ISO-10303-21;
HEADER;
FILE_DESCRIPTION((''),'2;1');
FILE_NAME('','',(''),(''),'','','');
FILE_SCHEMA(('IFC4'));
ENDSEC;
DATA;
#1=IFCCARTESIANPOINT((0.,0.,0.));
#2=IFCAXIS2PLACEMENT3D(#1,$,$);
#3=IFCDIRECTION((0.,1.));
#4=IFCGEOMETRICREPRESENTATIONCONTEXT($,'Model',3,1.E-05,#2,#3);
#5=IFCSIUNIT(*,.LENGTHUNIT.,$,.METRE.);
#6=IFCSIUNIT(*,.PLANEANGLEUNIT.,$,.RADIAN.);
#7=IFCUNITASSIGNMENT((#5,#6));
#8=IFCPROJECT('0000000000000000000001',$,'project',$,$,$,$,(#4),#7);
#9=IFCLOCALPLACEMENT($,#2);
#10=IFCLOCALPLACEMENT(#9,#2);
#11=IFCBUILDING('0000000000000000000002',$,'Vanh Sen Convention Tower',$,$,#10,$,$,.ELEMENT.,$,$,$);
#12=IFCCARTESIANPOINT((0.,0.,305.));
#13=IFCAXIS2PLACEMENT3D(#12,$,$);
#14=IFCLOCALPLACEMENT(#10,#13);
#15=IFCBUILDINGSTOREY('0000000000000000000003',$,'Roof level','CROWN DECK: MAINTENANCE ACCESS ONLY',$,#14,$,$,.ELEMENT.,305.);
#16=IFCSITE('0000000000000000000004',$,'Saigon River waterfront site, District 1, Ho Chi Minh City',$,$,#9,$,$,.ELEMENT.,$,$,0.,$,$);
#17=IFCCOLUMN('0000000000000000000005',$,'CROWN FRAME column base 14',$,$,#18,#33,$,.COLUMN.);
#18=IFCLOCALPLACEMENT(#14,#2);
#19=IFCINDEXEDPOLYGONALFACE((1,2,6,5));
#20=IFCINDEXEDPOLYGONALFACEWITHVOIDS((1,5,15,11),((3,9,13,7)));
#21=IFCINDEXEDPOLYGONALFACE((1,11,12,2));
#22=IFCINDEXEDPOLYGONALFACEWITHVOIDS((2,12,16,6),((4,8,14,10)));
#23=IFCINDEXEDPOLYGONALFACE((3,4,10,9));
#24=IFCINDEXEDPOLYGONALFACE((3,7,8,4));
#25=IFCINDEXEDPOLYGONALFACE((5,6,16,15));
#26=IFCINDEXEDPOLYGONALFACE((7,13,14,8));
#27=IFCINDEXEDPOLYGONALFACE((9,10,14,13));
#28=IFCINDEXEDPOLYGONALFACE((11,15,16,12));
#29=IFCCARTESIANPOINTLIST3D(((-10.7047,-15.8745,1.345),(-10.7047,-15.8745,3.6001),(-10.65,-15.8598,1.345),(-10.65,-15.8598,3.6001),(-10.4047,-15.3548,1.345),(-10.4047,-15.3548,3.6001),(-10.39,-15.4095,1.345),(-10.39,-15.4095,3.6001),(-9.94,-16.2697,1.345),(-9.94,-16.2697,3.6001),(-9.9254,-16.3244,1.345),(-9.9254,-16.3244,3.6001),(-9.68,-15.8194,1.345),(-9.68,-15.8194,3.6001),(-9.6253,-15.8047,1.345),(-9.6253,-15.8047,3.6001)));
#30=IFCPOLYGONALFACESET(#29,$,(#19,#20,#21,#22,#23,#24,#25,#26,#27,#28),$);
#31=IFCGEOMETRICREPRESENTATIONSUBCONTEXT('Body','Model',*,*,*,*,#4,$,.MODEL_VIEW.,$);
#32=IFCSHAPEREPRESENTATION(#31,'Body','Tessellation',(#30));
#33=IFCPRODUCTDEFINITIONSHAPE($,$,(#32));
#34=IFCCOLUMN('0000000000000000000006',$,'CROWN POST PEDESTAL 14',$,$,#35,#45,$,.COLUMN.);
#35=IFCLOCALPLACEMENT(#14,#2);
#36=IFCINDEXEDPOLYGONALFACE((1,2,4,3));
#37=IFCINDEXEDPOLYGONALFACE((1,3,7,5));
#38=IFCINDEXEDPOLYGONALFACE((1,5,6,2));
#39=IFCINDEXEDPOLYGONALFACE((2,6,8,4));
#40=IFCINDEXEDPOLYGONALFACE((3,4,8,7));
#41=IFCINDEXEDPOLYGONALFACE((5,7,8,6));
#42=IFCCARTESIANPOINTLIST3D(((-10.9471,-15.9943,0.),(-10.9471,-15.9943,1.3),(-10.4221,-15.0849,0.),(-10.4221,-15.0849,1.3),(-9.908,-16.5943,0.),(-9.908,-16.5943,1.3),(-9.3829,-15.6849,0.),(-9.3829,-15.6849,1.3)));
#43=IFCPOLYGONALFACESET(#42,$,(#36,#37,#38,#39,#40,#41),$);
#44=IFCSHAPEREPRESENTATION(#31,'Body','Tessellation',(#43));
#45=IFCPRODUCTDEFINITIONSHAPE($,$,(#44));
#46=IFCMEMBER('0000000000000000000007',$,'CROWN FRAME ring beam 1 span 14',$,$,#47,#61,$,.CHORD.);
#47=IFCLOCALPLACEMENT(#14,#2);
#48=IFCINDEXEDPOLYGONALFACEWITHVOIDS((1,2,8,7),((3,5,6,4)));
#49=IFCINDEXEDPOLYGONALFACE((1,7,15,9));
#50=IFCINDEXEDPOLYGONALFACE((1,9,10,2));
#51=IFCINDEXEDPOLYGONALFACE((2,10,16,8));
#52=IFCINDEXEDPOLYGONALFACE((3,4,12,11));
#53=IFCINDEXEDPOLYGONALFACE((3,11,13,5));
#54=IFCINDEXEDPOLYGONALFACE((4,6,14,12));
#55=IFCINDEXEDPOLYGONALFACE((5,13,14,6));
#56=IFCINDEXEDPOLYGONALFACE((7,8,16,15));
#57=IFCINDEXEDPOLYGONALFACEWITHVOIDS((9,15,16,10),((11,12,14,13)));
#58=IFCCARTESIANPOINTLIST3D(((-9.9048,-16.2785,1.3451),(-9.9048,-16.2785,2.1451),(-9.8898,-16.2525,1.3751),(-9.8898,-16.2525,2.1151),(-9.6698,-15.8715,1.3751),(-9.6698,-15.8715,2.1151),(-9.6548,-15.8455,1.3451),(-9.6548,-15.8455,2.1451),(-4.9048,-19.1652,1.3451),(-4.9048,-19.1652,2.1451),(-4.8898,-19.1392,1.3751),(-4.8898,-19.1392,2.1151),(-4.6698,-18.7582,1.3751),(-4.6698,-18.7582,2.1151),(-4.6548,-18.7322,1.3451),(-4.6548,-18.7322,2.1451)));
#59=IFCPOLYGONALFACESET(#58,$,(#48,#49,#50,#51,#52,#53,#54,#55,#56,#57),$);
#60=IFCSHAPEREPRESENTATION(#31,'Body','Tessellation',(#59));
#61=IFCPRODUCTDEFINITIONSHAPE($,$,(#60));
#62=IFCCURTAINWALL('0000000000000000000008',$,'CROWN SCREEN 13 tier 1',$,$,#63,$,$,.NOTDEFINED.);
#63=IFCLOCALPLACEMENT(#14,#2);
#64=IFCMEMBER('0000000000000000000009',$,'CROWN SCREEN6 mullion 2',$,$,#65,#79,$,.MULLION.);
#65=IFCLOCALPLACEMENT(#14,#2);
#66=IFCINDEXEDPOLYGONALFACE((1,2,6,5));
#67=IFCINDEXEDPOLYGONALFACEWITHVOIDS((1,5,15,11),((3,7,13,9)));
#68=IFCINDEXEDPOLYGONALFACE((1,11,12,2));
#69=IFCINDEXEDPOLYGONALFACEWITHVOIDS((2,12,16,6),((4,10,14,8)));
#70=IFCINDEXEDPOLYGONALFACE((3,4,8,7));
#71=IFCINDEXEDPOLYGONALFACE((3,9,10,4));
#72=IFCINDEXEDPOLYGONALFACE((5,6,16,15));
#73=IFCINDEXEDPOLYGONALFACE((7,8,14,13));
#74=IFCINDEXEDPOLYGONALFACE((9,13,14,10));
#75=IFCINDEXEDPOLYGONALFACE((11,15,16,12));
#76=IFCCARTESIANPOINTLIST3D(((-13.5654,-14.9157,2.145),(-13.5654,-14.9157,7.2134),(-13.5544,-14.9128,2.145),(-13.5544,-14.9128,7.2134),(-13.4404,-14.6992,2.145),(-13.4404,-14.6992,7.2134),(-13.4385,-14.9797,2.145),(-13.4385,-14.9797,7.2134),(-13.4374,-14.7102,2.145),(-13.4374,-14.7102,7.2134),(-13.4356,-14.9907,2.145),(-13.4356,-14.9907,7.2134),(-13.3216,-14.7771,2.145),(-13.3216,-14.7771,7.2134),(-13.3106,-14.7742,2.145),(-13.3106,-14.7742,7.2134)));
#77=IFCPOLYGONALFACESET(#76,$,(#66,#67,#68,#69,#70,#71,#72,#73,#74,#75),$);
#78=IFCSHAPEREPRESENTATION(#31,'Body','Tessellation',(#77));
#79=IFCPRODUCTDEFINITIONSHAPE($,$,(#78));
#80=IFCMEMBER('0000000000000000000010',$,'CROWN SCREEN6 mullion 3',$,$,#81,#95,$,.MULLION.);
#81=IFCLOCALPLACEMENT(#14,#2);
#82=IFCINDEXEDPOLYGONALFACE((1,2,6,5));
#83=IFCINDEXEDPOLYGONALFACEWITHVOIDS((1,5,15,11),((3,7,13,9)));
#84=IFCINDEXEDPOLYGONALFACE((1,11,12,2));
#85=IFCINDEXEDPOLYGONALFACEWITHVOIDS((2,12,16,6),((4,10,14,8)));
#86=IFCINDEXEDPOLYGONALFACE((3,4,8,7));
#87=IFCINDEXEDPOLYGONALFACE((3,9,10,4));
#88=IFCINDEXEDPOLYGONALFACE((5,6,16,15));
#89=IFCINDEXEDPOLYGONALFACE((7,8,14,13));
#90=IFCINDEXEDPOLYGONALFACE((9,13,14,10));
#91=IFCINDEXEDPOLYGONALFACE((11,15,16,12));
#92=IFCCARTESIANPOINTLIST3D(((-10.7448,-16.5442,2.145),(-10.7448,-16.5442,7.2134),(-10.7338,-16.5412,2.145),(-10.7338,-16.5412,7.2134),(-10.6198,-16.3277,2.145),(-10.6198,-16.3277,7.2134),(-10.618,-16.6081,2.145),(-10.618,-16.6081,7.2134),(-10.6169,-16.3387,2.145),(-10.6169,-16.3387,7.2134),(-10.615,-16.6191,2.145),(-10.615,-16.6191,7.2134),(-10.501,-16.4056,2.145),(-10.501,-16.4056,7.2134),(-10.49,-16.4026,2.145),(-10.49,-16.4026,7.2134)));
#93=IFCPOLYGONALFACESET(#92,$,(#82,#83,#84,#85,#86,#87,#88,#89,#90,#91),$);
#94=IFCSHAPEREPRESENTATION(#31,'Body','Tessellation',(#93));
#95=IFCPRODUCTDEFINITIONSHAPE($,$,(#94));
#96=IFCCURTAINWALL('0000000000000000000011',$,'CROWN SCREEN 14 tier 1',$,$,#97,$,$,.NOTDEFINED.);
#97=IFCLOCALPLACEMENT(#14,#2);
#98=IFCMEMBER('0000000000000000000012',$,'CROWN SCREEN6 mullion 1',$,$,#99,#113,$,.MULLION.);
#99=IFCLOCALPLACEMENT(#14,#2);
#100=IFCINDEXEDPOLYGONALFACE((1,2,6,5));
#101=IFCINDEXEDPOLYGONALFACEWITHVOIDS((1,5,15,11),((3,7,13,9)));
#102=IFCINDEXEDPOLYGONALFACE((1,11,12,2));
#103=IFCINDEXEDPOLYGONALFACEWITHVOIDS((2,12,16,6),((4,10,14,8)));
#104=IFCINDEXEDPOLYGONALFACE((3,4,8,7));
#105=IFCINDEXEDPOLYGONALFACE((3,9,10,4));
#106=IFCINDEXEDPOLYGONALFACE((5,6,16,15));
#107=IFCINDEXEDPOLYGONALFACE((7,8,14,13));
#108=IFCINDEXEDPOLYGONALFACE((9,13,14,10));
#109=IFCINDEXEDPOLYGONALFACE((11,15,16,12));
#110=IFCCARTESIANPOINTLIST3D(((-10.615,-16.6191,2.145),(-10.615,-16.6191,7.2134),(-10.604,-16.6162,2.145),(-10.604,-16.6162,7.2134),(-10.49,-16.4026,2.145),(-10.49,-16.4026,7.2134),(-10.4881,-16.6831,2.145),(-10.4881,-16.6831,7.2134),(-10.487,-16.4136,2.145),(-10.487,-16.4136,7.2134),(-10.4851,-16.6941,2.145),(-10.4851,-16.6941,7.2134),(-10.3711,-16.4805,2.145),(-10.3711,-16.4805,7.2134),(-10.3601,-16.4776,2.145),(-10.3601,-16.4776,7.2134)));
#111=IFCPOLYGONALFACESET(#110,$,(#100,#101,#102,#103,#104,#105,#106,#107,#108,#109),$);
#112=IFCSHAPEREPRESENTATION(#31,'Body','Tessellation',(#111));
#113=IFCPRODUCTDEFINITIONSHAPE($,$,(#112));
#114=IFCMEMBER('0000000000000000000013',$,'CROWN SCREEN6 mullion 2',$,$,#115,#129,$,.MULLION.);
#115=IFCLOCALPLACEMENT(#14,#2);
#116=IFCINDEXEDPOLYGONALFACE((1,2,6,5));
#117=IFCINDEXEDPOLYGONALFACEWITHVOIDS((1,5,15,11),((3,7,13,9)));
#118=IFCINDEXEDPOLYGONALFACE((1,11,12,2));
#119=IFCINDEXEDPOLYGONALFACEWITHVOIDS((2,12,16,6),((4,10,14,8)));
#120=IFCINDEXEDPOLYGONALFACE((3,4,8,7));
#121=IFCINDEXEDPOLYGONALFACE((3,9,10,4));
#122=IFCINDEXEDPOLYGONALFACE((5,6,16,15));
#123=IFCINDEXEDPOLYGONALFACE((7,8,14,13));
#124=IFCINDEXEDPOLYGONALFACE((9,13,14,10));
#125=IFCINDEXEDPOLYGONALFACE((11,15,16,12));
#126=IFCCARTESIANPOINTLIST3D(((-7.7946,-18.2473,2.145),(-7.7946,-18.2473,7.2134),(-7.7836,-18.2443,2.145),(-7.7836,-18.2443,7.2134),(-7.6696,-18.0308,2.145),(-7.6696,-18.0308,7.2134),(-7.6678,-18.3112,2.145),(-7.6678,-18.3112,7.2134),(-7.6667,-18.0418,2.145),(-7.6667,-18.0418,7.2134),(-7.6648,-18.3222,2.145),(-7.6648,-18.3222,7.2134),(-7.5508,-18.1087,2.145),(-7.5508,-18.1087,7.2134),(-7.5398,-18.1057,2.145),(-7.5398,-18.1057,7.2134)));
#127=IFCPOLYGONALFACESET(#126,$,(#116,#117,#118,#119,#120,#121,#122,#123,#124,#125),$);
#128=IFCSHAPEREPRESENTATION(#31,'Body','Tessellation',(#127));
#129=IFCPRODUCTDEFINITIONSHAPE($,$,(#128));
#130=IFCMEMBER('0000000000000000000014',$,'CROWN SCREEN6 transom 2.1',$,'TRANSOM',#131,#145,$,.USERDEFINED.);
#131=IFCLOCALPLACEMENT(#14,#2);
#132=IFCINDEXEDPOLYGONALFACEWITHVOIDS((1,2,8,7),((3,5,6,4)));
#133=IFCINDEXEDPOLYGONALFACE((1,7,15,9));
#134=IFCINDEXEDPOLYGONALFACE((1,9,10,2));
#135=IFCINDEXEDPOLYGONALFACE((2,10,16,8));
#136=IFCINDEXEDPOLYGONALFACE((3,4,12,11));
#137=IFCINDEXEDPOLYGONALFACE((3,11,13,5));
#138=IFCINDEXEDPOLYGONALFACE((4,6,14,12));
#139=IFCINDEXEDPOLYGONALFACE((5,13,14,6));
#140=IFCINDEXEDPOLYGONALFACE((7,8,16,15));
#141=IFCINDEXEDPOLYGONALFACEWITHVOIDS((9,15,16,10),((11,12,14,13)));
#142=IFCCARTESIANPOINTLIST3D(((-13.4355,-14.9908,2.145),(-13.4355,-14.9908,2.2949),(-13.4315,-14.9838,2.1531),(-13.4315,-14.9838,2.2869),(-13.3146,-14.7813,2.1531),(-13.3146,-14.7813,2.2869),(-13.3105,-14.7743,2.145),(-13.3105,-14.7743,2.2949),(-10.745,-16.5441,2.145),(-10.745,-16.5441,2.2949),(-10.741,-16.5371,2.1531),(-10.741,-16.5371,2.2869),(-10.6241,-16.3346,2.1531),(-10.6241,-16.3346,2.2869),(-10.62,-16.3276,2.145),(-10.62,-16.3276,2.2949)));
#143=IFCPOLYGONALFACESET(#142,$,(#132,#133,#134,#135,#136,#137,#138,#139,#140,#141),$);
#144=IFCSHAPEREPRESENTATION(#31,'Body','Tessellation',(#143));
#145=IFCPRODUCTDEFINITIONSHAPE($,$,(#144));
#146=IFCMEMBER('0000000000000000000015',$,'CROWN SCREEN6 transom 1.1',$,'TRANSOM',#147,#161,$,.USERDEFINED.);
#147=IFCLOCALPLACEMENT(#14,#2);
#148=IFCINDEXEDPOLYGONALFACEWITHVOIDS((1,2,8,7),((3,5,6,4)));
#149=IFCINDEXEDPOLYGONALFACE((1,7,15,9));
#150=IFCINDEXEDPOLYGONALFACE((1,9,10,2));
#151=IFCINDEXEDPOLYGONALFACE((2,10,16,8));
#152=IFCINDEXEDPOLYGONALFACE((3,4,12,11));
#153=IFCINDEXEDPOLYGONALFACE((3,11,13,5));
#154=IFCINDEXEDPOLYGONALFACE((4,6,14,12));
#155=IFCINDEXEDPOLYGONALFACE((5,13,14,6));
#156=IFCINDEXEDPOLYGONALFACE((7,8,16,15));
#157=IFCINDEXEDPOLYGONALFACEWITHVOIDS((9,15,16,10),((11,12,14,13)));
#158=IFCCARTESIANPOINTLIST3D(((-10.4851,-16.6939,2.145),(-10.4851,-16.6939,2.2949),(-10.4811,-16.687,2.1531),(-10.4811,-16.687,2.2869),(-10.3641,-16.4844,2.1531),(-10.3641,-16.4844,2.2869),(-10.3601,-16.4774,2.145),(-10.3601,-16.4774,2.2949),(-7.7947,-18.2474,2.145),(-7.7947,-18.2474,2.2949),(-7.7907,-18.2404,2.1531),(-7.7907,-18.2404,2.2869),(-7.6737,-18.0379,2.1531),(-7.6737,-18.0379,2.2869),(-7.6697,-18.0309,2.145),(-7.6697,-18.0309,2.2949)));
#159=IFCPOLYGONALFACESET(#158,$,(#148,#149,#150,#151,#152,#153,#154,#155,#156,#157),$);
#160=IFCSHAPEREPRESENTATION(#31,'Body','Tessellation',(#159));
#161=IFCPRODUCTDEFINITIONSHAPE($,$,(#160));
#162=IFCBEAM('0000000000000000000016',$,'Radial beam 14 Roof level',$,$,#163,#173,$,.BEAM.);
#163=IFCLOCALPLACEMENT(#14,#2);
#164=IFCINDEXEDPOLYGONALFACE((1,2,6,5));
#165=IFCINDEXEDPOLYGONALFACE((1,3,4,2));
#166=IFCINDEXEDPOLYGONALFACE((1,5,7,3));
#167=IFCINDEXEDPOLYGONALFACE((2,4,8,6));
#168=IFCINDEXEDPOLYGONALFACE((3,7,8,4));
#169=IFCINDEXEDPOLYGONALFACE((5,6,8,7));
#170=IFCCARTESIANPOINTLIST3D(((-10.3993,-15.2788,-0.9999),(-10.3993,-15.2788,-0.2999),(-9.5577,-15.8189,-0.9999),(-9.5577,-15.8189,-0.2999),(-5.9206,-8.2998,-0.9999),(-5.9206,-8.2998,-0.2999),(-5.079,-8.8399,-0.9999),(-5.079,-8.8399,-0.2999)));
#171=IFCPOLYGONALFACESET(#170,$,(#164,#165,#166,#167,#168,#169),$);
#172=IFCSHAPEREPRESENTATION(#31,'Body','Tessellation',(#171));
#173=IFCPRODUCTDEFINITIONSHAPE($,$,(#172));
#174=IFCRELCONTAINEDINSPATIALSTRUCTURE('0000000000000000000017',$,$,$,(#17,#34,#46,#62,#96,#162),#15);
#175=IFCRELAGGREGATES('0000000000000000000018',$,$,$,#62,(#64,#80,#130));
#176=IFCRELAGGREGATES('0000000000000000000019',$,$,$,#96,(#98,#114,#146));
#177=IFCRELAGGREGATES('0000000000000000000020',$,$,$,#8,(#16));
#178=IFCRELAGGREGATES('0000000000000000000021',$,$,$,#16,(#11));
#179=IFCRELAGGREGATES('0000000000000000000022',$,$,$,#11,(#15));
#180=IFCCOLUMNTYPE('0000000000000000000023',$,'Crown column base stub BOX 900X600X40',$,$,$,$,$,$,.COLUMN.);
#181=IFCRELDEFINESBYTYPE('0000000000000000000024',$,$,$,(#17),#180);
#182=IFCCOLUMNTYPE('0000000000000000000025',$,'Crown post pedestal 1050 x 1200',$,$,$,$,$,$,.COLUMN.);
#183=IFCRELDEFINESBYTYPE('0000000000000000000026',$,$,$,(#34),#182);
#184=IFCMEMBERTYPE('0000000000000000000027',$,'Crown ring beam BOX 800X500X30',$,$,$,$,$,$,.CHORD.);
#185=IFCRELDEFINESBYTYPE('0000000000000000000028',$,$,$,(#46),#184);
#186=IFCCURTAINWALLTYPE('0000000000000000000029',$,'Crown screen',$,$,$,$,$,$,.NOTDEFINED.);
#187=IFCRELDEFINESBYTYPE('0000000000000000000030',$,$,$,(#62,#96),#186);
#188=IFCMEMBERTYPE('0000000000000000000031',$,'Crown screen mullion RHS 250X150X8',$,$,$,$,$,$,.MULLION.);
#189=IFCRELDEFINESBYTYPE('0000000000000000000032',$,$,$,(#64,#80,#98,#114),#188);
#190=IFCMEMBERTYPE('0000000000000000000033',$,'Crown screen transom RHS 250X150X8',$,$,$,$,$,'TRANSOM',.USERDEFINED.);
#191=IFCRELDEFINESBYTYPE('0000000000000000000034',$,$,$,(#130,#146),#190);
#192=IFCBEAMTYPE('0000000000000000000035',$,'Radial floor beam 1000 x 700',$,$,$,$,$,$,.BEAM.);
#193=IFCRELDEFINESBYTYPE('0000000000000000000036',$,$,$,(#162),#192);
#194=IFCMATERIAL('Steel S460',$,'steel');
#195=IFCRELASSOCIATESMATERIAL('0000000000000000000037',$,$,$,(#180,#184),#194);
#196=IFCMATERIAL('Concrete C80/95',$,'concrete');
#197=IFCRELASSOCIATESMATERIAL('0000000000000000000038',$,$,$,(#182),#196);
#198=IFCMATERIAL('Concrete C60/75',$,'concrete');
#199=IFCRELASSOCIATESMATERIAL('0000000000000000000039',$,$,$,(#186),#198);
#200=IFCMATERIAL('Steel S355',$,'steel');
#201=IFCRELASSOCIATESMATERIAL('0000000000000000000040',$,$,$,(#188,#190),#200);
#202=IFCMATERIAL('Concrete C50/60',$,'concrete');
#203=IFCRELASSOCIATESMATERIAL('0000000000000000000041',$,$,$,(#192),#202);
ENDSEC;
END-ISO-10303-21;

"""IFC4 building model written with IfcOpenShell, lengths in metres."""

from ifc_helpers import new_model, si_unit, direction, frame, origin, origin_2d, place, context, subcontext, project, spatial, rectangle, hollow_rectangle, extrude, material, material_profile, profile_set, type_object, element, aggregate, save


model = new_model("IFC4")

# Units and contexts
model_context = context("Model", 3, precision=1e-05, world=origin(), true_north=direction((0.0, 1.0)))
body_context = subcontext(model_context, "Body", "Model", "MODEL_VIEW")
ifc_project = project(units=[si_unit("LENGTHUNIT", "METRE"), si_unit("PLANEANGLEUNIT", "RADIAN")], contexts=[model_context])

# Site, building, storey
site_placement = place(None, origin())
site = spatial("IfcSite", under=ifc_project, at=site_placement, Name="Saigon River waterfront site, District 1, Ho Chi Minh City", CompositionType="ELEMENT", RefElevation=0.0)
building_placement = place(site_placement, origin())
building = spatial("IfcBuilding", under=site, at=building_placement, Name="Vanh Sen Convention Tower", CompositionType="ELEMENT")
storey_placement = place(building_placement, frame((0.0, 0.0, 305.0)))
storey = spatial("IfcBuildingStorey", under=building, at=storey_placement, Name="Roof level", Description="CROWN DECK: MAINTENANCE ACCESS ONLY", CompositionType="ELEMENT", Elevation=305.0)

# Columns
ifc_material_1 = material(Name="Steel S460", Category="steel")
ifc_material_profile_1 = material_profile(ifc_material_1, hollow_rectangle(XDim=0.6001, YDim=0.8999, WallThickness=0.04, at=origin_2d()), Name="BOX 900X600X40")
ifc_profile_set_1 = profile_set([ifc_material_profile_1], Name="Steel S460")
column_type_1 = type_object("IfcColumnType", Name="Crown column base stub BOX 900X600X40", PredefinedType="COLUMN", material=ifc_profile_set_1)
column_1_placement = place(storey_placement, frame((-10.165, -15.8396, 1.345), z_axis=(0.0, 0.0, 1.0), x_axis=(0.5, 0.866025, 0.0)))
element("IfcColumn", 1, at=column_1_placement, inside=storey, type_object=column_type_1, Name="CROWN FRAME column base 14", PredefinedType="COLUMN", context=body_context, shape_type="SweptSolid", body=[
    extrude(hollow_rectangle(XDim=0.6001, YDim=0.8999, WallThickness=0.04, at=origin_2d()), origin(), (0.0, 0.0, 1.0), 2.2551),
])
ifc_material_2 = material(Name="Concrete C80/95", Category="concrete")
ifc_material_profile_2 = material_profile(ifc_material_2, rectangle(XDim=1.05, YDim=1.2, at=origin_2d()), Name="RC 1050X1200")
ifc_profile_set_2 = profile_set([ifc_material_profile_2], Name="Concrete C80/95")
column_type_2 = type_object("IfcColumnType", Name="Crown post pedestal 1050 x 1200", PredefinedType="COLUMN", material=ifc_profile_set_2)
column_2_placement = place(storey_placement, frame((-10.165, -15.8396, 0.0), z_axis=(0.0, 0.0, 1.0), x_axis=(0.5, 0.866025, 0.0)))
element("IfcColumn", 2, at=column_2_placement, inside=storey, type_object=column_type_2, Name="CROWN POST PEDESTAL 14", PredefinedType="COLUMN", context=body_context, shape_type="SweptSolid", body=[
    extrude(rectangle(XDim=1.05, YDim=1.2, at=origin_2d()), origin(), (0.0, 0.0, 1.0), 1.3),
])

# Member
ifc_material_profile_3 = material_profile(ifc_material_1, hollow_rectangle(XDim=0.5, YDim=0.8, WallThickness=0.03, at=origin_2d()), Name="BOX 800X500X30")
ifc_profile_set_3 = profile_set([ifc_material_profile_3], Name="Steel S460")
member_type_1 = type_object("IfcMemberType", Name="Crown ring beam BOX 800X500X30", PredefinedType="CHORD", material=ifc_profile_set_3)
member_1_placement = place(storey_placement, frame((-9.7798, -16.062, 1.7451), z_axis=(0.866028, -0.499996, 0.0), x_axis=(0.499996, 0.866028, 0.0)))
element("IfcMember", 3, at=member_1_placement, inside=storey, type_object=member_type_1, Name="CROWN FRAME ring beam 1 span 14", PredefinedType="CHORD", context=body_context, shape_type="SweptSolid", body=[
    extrude(hollow_rectangle(XDim=0.5, YDim=0.8, WallThickness=0.03, at=origin_2d()), origin(), (0.0, 0.0, 1.0), 5.7734),
])

# Curtain walls, members
ifc_material_3 = material(Name="Concrete C60/75", Category="concrete")
curtain_wall_type = type_object("IfcCurtainWallType", Name="Crown screen", PredefinedType="NOTDEFINED", material=ifc_material_3)
curtain_wall_1_placement = place(storey_placement, origin())
curtain_wall_1 = element("IfcCurtainWall", 4, at=curtain_wall_1_placement, inside=storey, type_object=curtain_wall_type, Name="CROWN SCREEN 13 tier 1", PredefinedType="NOTDEFINED")
ifc_material_4 = material(Name="Steel S355", Category="steel")
ifc_material_profile_4 = material_profile(ifc_material_4, hollow_rectangle(XDim=0.25, YDim=0.1499, WallThickness=0.0081, at=origin_2d()), Name="RHS 250X150X8")
ifc_profile_set_4 = profile_set([ifc_material_profile_4], Name="Steel S355")
member_type_2 = type_object("IfcMemberType", Name="Crown screen mullion RHS 250X150X8", PredefinedType="MULLION", material=ifc_profile_set_4)
member_2_placement = place(storey_placement, frame((-13.438, -14.845, 2.145), z_axis=(0.0, 0.0, 1.0), x_axis=(0.500005, 0.866023, 0.0)))
member_2 = element("IfcMember", 5, at=member_2_placement, type_object=member_type_2, Name="CROWN SCREEN6 mullion 2", PredefinedType="MULLION", context=body_context, shape_type="SweptSolid", body=[
    extrude(hollow_rectangle(XDim=0.25, YDim=0.1499, WallThickness=0.0081, at=origin_2d()), origin(), (0.0, 0.0, 1.0), 5.0684),
])
member_3_placement = place(storey_placement, frame((-10.6174, -16.4734, 2.145), z_axis=(0.0, 0.0, 1.0), x_axis=(0.500005, 0.866023, 0.0)))
member_3 = element("IfcMember", 6, at=member_3_placement, type_object=member_type_2, Name="CROWN SCREEN6 mullion 3", PredefinedType="MULLION", context=body_context, shape_type="SweptSolid", body=[
    extrude(hollow_rectangle(XDim=0.25, YDim=0.1499, WallThickness=0.0081, at=origin_2d()), origin(), (0.0, 0.0, 1.0), 5.0684),
])
curtain_wall_2_placement = place(storey_placement, origin())
curtain_wall_2 = element("IfcCurtainWall", 7, at=curtain_wall_2_placement, inside=storey, type_object=curtain_wall_type, Name="CROWN SCREEN 14 tier 1", PredefinedType="NOTDEFINED")
member_4_placement = place(storey_placement, frame((-10.4875, -16.5483, 2.145), z_axis=(0.0, 0.0, 1.0), x_axis=(0.499994, 0.866029, 0.0)))
member_4 = element("IfcMember", 8, at=member_4_placement, type_object=member_type_2, Name="CROWN SCREEN6 mullion 1", PredefinedType="MULLION", context=body_context, shape_type="SweptSolid", body=[
    extrude(hollow_rectangle(XDim=0.25, YDim=0.1499, WallThickness=0.0081, at=origin_2d()), origin(), (0.0, 0.0, 1.0), 5.0684),
])
member_5_placement = place(storey_placement, frame((-7.6672, -18.1765, 2.145), z_axis=(0.0, 0.0, 1.0), x_axis=(0.499994, 0.866029, 0.0)))
member_5 = element("IfcMember", 9, at=member_5_placement, type_object=member_type_2, Name="CROWN SCREEN6 mullion 2", PredefinedType="MULLION", context=body_context, shape_type="SweptSolid", body=[
    extrude(hollow_rectangle(XDim=0.25, YDim=0.1499, WallThickness=0.0081, at=origin_2d()), origin(), (0.0, 0.0, 1.0), 5.0684),
])

# Members
ifc_material_profile_5 = material_profile(ifc_material_4, hollow_rectangle(XDim=0.25, YDim=0.1499, WallThickness=0.0081, at=origin_2d()), Name="RHS 250X150X8")
ifc_profile_set_5 = profile_set([ifc_material_profile_5], Name="Steel S355")
member_type_3 = type_object("IfcMemberType", Name="Crown screen transom RHS 250X150X8", ElementType="TRANSOM", PredefinedType="USERDEFINED", material=ifc_profile_set_5)
member_6_placement = place(storey_placement, frame((-13.373, -14.8826, 2.22), z_axis=(0.866039, -0.499976, 0.0), x_axis=(0.499976, 0.866039, 0.0)))
member_6 = element("IfcMember", 10, at=member_6_placement, type_object=member_type_3, Name="CROWN SCREEN6 transom 2.1", ObjectType="TRANSOM", PredefinedType="USERDEFINED", context=body_context, shape_type="SweptSolid", body=[
    extrude(hollow_rectangle(XDim=0.25, YDim=0.1499, WallThickness=0.0081, at=origin_2d()), origin(), (0.0, 0.0, 1.0), 3.1067),
])
aggregate(curtain_wall_1, [member_2, member_3, member_6])
member_7_placement = place(storey_placement, frame((-10.4226, -16.5857, 2.22), z_axis=(0.866005, -0.500035, 0.0), x_axis=(0.500035, 0.866005, 0.0)))
member_7 = element("IfcMember", 11, at=member_7_placement, type_object=member_type_3, Name="CROWN SCREEN6 transom 1.1", ObjectType="TRANSOM", PredefinedType="USERDEFINED", context=body_context, shape_type="SweptSolid", body=[
    extrude(hollow_rectangle(XDim=0.25, YDim=0.1499, WallThickness=0.0081, at=origin_2d()), origin(), (0.0, 0.0, 1.0), 3.1067),
])
aggregate(curtain_wall_2, [member_4, member_5, member_7])

# Beam
ifc_material_5 = material(Name="Concrete C50/60", Category="concrete")
ifc_material_profile_6 = material_profile(ifc_material_5, rectangle(XDim=1.0, YDim=0.7, at=origin_2d()), Name="RC 1000X700")
ifc_profile_set_6 = profile_set([ifc_material_profile_6], Name="Concrete C50/60")
beam_type_1 = type_object("IfcBeamType", Name="Radial floor beam 1000 x 700", PredefinedType="BEAM", material=ifc_profile_set_6)
beam_1_placement = place(storey_placement, frame((-9.9785, -15.5488, -0.6499), z_axis=(0.540097, 0.841603, 0.0), x_axis=(-0.841603, 0.540097, 0.0)))
element("IfcBeam", 12, at=beam_1_placement, inside=storey, type_object=beam_type_1, Name="Radial beam 14 Roof level", PredefinedType="BEAM", context=body_context, shape_type="SweptSolid", body=[
    extrude(rectangle(XDim=1.0, YDim=0.7, at=origin_2d()), origin(), (0.0, 0.0, 1.0), 8.2925),
])

save(model, "model.ifc")
